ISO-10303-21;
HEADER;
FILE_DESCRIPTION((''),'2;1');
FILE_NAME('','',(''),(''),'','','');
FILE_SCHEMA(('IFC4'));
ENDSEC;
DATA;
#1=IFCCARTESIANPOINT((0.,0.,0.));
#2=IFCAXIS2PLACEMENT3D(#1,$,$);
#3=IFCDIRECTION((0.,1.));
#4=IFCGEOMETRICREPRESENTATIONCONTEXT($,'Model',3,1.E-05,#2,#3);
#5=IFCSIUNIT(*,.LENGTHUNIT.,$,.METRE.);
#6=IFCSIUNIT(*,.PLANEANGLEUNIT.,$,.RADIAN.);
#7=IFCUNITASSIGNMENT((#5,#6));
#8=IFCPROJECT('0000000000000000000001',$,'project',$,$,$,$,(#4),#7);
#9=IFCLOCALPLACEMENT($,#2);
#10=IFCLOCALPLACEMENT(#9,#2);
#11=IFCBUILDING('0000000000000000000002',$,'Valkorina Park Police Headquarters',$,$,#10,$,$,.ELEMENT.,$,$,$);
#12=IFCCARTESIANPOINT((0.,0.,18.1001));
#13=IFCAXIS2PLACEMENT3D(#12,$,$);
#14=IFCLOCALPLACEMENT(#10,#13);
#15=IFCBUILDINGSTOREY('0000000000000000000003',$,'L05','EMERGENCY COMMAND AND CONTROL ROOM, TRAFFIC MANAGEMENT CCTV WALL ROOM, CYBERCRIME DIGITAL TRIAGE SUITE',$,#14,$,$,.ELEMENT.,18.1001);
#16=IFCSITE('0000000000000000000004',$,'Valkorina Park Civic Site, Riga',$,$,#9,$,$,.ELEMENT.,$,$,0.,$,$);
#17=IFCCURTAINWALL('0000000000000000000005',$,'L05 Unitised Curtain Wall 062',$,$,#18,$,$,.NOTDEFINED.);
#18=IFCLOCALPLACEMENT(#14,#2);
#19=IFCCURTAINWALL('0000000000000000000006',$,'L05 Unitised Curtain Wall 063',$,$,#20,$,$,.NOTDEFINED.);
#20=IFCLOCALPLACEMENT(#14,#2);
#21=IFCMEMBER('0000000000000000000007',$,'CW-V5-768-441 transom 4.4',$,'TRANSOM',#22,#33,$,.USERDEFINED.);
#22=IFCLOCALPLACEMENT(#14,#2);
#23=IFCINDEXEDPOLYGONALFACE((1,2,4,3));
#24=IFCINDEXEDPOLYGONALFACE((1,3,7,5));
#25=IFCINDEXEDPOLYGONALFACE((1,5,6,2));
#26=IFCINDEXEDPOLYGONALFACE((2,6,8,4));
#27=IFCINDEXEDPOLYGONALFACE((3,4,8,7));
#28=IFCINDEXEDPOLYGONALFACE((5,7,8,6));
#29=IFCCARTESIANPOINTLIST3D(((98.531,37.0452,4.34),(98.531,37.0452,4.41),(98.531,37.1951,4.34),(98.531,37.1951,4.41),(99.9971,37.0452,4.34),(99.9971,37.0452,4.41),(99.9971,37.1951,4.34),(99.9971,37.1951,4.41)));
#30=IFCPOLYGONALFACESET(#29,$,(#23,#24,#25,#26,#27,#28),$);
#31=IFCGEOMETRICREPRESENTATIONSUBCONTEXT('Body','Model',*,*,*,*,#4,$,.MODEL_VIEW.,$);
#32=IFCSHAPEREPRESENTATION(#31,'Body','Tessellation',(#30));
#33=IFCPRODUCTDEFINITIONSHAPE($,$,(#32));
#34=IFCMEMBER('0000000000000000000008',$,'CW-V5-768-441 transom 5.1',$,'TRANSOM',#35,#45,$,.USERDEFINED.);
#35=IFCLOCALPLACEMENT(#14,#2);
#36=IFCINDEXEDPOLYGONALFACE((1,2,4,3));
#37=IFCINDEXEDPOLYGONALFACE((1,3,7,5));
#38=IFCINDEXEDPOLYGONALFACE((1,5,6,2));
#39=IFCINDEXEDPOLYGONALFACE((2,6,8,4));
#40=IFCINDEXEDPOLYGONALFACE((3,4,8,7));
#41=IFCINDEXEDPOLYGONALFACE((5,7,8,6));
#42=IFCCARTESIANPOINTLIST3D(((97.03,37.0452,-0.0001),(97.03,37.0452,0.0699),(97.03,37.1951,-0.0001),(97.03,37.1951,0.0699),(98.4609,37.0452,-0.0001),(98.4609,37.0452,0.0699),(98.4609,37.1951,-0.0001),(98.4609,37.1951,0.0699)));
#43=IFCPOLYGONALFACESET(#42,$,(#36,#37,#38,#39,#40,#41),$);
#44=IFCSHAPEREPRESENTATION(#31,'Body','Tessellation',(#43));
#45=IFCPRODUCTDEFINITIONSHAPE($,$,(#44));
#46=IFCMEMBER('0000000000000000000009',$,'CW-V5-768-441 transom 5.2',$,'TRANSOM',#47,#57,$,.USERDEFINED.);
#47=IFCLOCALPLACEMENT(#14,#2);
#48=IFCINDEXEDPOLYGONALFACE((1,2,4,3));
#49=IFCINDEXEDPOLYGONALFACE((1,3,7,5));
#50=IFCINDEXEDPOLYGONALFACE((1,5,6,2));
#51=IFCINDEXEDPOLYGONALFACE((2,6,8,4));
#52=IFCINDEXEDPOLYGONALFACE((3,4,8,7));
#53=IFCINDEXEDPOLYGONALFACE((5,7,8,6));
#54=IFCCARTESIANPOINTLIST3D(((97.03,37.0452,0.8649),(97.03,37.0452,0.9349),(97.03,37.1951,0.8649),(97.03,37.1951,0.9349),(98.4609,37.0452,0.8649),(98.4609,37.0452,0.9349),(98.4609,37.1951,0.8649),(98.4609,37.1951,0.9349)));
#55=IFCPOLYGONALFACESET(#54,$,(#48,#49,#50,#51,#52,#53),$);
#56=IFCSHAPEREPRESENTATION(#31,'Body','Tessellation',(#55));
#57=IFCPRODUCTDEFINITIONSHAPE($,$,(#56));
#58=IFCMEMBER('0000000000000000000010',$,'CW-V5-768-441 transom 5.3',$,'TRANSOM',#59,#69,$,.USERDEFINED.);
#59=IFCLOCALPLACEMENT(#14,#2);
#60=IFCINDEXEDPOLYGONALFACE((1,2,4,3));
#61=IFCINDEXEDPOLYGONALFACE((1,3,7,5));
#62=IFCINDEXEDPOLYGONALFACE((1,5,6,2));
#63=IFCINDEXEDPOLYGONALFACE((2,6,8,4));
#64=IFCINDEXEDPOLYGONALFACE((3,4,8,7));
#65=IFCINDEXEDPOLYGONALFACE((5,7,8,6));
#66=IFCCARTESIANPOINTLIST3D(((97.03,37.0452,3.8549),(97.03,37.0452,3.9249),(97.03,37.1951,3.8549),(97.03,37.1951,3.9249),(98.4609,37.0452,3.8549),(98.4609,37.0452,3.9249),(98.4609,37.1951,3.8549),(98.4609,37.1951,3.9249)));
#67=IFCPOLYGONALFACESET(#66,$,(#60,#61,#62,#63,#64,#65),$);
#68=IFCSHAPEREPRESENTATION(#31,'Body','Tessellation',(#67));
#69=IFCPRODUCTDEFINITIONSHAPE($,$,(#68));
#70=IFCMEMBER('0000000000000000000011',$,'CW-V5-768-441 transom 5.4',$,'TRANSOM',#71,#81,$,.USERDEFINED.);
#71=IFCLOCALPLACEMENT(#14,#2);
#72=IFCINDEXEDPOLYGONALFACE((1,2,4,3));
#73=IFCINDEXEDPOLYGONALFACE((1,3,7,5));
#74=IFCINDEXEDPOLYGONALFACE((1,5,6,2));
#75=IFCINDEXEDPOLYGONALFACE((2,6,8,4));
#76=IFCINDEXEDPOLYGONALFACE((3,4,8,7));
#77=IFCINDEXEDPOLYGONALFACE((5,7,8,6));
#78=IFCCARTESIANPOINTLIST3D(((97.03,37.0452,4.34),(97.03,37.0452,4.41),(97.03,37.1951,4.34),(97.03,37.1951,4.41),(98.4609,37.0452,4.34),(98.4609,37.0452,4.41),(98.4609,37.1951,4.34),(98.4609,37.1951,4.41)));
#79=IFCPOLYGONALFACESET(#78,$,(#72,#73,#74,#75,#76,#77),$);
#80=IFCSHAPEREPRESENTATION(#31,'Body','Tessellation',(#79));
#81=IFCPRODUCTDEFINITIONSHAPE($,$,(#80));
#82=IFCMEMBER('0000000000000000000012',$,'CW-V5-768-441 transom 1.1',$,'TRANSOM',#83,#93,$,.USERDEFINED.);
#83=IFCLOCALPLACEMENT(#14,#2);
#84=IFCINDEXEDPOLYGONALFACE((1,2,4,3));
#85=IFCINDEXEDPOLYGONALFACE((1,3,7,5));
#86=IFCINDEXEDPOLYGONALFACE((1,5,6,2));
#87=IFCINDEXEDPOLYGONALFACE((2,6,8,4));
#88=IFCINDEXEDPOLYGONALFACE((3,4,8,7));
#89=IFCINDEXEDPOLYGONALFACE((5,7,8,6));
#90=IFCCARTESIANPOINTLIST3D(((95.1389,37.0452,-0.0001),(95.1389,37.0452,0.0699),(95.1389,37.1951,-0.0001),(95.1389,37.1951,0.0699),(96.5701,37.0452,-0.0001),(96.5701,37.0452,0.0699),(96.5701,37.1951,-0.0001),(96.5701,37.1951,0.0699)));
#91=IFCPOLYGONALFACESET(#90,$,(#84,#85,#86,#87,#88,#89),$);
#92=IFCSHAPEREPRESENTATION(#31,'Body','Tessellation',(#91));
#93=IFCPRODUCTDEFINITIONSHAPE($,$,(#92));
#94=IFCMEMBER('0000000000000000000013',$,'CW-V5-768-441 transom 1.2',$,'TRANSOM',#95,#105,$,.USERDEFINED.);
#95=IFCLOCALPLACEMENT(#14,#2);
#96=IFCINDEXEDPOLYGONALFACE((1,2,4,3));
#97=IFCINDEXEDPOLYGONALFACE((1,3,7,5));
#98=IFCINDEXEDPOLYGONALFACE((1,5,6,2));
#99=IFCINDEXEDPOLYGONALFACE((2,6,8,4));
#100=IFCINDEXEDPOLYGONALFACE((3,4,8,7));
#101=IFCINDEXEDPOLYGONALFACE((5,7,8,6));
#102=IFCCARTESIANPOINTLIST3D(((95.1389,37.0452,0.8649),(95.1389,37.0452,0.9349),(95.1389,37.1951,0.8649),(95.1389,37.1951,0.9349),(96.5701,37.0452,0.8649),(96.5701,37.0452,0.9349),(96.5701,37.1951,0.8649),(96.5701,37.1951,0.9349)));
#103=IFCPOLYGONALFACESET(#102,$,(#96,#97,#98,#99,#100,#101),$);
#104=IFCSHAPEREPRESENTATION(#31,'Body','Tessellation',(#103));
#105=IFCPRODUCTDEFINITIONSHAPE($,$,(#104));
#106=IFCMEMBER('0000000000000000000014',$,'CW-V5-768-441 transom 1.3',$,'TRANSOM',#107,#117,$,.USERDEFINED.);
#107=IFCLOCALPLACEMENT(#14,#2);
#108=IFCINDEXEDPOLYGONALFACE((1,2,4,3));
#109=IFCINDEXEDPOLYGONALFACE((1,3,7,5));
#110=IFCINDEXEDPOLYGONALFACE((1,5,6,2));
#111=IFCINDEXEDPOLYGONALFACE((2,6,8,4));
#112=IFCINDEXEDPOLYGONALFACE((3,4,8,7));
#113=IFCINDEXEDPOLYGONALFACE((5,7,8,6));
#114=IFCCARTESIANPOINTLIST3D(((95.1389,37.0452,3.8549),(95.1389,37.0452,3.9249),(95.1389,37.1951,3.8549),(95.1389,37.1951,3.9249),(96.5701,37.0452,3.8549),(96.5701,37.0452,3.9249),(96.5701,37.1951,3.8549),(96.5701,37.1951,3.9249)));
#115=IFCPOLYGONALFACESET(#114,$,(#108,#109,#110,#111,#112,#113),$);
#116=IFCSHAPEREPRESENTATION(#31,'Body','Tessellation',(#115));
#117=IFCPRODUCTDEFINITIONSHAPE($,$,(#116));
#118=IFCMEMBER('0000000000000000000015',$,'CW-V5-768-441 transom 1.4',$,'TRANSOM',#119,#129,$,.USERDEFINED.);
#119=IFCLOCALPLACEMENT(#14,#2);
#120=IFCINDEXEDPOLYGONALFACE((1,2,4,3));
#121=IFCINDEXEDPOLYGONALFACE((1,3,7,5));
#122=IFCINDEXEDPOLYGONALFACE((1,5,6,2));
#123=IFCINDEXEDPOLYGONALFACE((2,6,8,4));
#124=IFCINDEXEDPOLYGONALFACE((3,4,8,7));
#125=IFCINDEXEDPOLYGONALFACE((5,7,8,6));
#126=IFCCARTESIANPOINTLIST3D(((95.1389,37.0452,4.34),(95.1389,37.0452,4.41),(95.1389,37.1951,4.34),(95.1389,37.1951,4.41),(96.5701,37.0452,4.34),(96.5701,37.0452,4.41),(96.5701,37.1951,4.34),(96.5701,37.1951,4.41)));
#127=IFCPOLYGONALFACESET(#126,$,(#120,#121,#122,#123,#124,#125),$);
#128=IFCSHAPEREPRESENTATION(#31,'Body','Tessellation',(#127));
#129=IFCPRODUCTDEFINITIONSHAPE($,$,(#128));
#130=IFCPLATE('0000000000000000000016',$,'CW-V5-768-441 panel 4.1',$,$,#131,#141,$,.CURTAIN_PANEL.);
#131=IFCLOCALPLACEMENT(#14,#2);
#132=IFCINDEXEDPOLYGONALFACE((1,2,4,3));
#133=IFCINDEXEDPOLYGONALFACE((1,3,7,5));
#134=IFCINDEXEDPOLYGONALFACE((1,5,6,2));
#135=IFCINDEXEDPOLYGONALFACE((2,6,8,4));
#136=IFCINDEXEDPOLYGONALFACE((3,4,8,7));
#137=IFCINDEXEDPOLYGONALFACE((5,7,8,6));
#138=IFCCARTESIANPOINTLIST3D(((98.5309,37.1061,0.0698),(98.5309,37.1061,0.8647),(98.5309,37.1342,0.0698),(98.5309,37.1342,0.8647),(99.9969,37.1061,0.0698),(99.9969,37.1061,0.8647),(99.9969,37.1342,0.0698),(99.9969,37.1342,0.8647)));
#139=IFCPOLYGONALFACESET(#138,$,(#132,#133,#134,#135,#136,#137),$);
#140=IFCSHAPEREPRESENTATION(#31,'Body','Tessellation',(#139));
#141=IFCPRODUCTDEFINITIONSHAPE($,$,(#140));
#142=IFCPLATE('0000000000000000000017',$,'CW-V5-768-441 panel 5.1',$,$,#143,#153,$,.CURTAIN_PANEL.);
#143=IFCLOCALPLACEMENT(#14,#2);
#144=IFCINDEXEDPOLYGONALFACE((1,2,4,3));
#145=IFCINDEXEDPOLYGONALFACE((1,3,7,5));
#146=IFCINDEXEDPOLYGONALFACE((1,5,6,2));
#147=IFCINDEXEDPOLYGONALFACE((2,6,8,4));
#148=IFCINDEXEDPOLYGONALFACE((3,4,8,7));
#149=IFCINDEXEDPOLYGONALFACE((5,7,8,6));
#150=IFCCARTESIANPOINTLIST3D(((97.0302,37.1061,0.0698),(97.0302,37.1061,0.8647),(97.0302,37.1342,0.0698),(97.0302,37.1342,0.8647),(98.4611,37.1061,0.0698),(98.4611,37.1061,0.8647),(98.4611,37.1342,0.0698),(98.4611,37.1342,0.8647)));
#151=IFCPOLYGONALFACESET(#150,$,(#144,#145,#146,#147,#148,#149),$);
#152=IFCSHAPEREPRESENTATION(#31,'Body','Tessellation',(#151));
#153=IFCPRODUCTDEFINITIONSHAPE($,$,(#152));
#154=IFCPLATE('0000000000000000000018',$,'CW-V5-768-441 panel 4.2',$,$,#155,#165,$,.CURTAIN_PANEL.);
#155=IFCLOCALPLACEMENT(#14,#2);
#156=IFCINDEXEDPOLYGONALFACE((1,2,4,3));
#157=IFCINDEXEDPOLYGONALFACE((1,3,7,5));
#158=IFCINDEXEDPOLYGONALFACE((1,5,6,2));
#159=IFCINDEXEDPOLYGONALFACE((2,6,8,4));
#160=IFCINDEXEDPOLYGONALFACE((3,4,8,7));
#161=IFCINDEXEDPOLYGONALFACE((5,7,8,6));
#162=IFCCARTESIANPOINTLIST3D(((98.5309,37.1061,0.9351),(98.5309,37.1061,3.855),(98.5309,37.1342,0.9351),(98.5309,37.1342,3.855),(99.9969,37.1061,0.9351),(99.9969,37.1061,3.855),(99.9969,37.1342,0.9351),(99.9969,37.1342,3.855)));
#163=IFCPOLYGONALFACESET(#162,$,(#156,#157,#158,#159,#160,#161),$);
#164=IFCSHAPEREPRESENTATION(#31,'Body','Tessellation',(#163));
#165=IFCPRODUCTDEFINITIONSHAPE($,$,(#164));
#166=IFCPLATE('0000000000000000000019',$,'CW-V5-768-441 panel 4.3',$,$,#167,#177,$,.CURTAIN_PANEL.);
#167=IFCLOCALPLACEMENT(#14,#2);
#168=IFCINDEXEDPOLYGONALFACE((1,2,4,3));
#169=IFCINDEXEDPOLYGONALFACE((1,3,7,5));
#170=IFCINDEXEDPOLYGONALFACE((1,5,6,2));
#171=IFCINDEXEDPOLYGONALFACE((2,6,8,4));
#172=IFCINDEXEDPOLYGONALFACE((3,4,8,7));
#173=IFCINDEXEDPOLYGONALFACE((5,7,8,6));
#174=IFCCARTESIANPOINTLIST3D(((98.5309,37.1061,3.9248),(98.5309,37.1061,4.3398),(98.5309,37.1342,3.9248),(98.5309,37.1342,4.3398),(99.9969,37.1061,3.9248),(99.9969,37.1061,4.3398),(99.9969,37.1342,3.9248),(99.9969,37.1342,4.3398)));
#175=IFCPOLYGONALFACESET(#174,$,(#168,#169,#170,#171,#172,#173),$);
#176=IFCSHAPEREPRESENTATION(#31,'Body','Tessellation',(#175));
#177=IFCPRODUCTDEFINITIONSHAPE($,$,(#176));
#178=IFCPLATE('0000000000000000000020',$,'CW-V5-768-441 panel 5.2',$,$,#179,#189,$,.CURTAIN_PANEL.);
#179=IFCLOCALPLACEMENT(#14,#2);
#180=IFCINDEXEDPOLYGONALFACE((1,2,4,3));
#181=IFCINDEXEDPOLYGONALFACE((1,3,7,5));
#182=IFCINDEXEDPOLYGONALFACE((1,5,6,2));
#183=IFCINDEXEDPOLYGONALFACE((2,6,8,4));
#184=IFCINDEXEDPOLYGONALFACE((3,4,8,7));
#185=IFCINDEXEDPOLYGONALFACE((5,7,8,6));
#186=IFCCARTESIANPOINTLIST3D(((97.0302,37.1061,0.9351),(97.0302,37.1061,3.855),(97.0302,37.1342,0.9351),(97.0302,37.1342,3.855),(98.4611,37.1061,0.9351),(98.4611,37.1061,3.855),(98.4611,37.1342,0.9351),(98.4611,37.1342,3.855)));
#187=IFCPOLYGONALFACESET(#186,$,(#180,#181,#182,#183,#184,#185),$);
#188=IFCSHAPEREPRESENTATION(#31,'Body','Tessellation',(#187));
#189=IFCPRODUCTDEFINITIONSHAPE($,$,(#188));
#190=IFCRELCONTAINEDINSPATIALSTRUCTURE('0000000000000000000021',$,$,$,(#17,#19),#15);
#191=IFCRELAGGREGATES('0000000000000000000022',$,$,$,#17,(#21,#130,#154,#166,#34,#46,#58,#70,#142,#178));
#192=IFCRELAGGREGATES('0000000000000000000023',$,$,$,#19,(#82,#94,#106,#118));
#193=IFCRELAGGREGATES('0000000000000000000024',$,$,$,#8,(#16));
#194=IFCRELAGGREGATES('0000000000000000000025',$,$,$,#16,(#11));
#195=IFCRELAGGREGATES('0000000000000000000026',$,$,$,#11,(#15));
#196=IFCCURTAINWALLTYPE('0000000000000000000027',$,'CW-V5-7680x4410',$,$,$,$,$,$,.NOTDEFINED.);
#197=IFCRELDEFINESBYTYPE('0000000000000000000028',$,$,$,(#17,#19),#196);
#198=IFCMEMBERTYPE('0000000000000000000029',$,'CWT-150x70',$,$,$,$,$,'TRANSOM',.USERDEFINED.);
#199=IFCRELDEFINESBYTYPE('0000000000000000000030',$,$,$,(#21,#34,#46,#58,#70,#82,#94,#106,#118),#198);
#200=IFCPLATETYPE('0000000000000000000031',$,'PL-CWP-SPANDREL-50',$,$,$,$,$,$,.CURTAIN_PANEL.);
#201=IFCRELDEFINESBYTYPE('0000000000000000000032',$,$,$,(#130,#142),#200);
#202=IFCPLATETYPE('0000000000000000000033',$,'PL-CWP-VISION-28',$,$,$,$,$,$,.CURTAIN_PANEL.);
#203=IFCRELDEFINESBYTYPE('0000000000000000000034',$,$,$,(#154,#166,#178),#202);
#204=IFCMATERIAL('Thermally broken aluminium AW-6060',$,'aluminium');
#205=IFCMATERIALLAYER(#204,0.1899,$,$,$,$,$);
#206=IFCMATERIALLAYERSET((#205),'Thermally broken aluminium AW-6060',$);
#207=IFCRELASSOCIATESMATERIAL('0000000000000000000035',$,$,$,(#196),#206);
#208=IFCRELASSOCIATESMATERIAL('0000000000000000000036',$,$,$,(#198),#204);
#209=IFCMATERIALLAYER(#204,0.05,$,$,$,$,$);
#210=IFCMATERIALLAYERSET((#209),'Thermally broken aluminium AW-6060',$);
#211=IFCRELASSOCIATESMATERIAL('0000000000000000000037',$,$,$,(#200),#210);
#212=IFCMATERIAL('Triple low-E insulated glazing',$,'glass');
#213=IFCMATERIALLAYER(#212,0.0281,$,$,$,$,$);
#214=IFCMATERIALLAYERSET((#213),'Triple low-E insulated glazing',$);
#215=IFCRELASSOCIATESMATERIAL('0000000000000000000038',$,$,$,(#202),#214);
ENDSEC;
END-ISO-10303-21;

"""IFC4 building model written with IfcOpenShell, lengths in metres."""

from ifc_helpers import new_model, si_unit, direction, frame, origin, origin_2d, place, context, subcontext, project, spatial, rectangle, extrude, material, layer, layer_set, material_profile, profile_set, type_object, element, aggregate, save


model = new_model("IFC4")

# Units and contexts
model_context = context("Model", 3, precision=1e-05, world=origin(), true_north=direction((0.0, 1.0)))
body_context = subcontext(model_context, "Body", "Model", "MODEL_VIEW")
ifc_project = project(units=[si_unit("LENGTHUNIT", "METRE"), si_unit("PLANEANGLEUNIT", "RADIAN")], contexts=[model_context])

# Site, building, storey
site_placement = place(None, origin())
site = spatial("IfcSite", under=ifc_project, at=site_placement, Name="Valkorina Park Civic Site, Riga", CompositionType="ELEMENT", RefElevation=0.0)
building_placement = place(site_placement, origin())
building = spatial("IfcBuilding", under=site, at=building_placement, Name="Valkorina Park Police Headquarters", CompositionType="ELEMENT")
storey_placement = place(building_placement, frame((0.0, 0.0, 18.1001)))
storey = spatial("IfcBuildingStorey", under=building, at=storey_placement, Name="L05", Description="EMERGENCY COMMAND AND CONTROL ROOM, TRAFFIC MANAGEMENT CCTV WALL ROOM, CYBERCRIME DIGITAL TRIAGE SUITE", CompositionType="ELEMENT", Elevation=18.1001)

# Curtain wall
ifc_material_1 = material(Name="Thermally broken aluminium AW-6060", Category="aluminium")
ifc_layer_1 = layer(ifc_material_1, 0.1899)
ifc_layer_set_1 = layer_set([ifc_layer_1], Name="Thermally broken aluminium AW-6060")
curtain_wall_type = type_object("IfcCurtainWallType", Name="CW-V5-7680x4410", PredefinedType="NOTDEFINED", material=ifc_layer_set_1)
curtain_wall_1_placement = place(storey_placement, origin())
curtain_wall_1 = element("IfcCurtainWall", 1, at=curtain_wall_1_placement, inside=storey, type_object=curtain_wall_type, Name="L05 Unitised Curtain Wall 062", PredefinedType="NOTDEFINED")

# Curtain wall
curtain_wall_2_placement = place(storey_placement, origin())
curtain_wall_2 = element("IfcCurtainWall", 2, at=curtain_wall_2_placement, inside=storey, type_object=curtain_wall_type, Name="L05 Unitised Curtain Wall 063", PredefinedType="NOTDEFINED")

# Members
ifc_material_profile_1 = material_profile(ifc_material_1, rectangle(XDim=0.1499, YDim=0.0701, at=origin_2d()), Name="CWT-02 150x70")
ifc_profile_set_1 = profile_set([ifc_material_profile_1], Name="Thermally broken aluminium AW-6060")
member_type_1 = type_object("IfcMemberType", Name="CWT-150x70", ElementType="TRANSOM", PredefinedType="USERDEFINED", material=ifc_profile_set_1)
member_1_placement = place(storey_placement, frame((99.9971, 37.1201, 4.375), z_axis=(-1.0, 0.0, 0.0), x_axis=(0.0, -1.0, 0.0)))
member_1 = element("IfcMember", 3, at=member_1_placement, type_object=member_type_1, Name="CW-V5-768-441 transom 4.4", ObjectType="TRANSOM", PredefinedType="USERDEFINED", context=body_context, shape_type="SweptSolid", body=[
    extrude(rectangle(XDim=0.1499, YDim=0.0701, at=origin_2d()), origin(), (0.0, 0.0, 1.0), 1.4661),
])
member_2_placement = place(storey_placement, frame((98.4609, 37.1201, 0.0349), z_axis=(-1.0, 0.0, 0.0), x_axis=(0.0, -1.0, 0.0)))
member_2 = element("IfcMember", 4, at=member_2_placement, type_object=member_type_1, Name="CW-V5-768-441 transom 5.1", ObjectType="TRANSOM", PredefinedType="USERDEFINED", context=body_context, shape_type="SweptSolid", body=[
    extrude(rectangle(XDim=0.1499, YDim=0.0701, at=origin_2d()), origin(), (0.0, 0.0, 1.0), 1.4309),
])
member_3_placement = place(storey_placement, frame((98.4609, 37.1201, 0.8999), z_axis=(-1.0, 0.0, 0.0), x_axis=(0.0, -1.0, 0.0)))
member_3 = element("IfcMember", 5, at=member_3_placement, type_object=member_type_1, Name="CW-V5-768-441 transom 5.2", ObjectType="TRANSOM", PredefinedType="USERDEFINED", context=body_context, shape_type="SweptSolid", body=[
    extrude(rectangle(XDim=0.1499, YDim=0.0701, at=origin_2d()), origin(), (0.0, 0.0, 1.0), 1.4309),
])
member_4_placement = place(storey_placement, frame((98.4609, 37.1201, 3.8899), z_axis=(-1.0, 0.0, 0.0), x_axis=(0.0, -1.0, 0.0)))
member_4 = element("IfcMember", 6, at=member_4_placement, type_object=member_type_1, Name="CW-V5-768-441 transom 5.3", ObjectType="TRANSOM", PredefinedType="USERDEFINED", context=body_context, shape_type="SweptSolid", body=[
    extrude(rectangle(XDim=0.1499, YDim=0.0701, at=origin_2d()), origin(), (0.0, 0.0, 1.0), 1.4309),
])
member_5_placement = place(storey_placement, frame((98.4609, 37.1201, 4.375), z_axis=(-1.0, 0.0, 0.0), x_axis=(0.0, -1.0, 0.0)))
member_5 = element("IfcMember", 7, at=member_5_placement, type_object=member_type_1, Name="CW-V5-768-441 transom 5.4", ObjectType="TRANSOM", PredefinedType="USERDEFINED", context=body_context, shape_type="SweptSolid", body=[
    extrude(rectangle(XDim=0.1499, YDim=0.0701, at=origin_2d()), origin(), (0.0, 0.0, 1.0), 1.4309),
])
member_6_placement = place(storey_placement, frame((96.5701, 37.1201, 0.0349), z_axis=(-1.0, 0.0, 0.0), x_axis=(0.0, -1.0, 0.0)))
member_6 = element("IfcMember", 8, at=member_6_placement, type_object=member_type_1, Name="CW-V5-768-441 transom 1.1", ObjectType="TRANSOM", PredefinedType="USERDEFINED", context=body_context, shape_type="SweptSolid", body=[
    extrude(rectangle(XDim=0.1499, YDim=0.0701, at=origin_2d()), origin(), (0.0, 0.0, 1.0), 1.4312),
])
member_7_placement = place(storey_placement, frame((96.5701, 37.1201, 0.8999), z_axis=(-1.0, 0.0, 0.0), x_axis=(0.0, -1.0, 0.0)))
member_7 = element("IfcMember", 9, at=member_7_placement, type_object=member_type_1, Name="CW-V5-768-441 transom 1.2", ObjectType="TRANSOM", PredefinedType="USERDEFINED", context=body_context, shape_type="SweptSolid", body=[
    extrude(rectangle(XDim=0.1499, YDim=0.0701, at=origin_2d()), origin(), (0.0, 0.0, 1.0), 1.4312),
])
member_8_placement = place(storey_placement, frame((96.5701, 37.1201, 3.8899), z_axis=(-1.0, 0.0, 0.0), x_axis=(0.0, -1.0, 0.0)))
member_8 = element("IfcMember", 10, at=member_8_placement, type_object=member_type_1, Name="CW-V5-768-441 transom 1.3", ObjectType="TRANSOM", PredefinedType="USERDEFINED", context=body_context, shape_type="SweptSolid", body=[
    extrude(rectangle(XDim=0.1499, YDim=0.0701, at=origin_2d()), origin(), (0.0, 0.0, 1.0), 1.4312),
])
member_9_placement = place(storey_placement, frame((96.5701, 37.1201, 4.375), z_axis=(-1.0, 0.0, 0.0), x_axis=(0.0, -1.0, 0.0)))
member_9 = element("IfcMember", 11, at=member_9_placement, type_object=member_type_1, Name="CW-V5-768-441 transom 1.4", ObjectType="TRANSOM", PredefinedType="USERDEFINED", context=body_context, shape_type="SweptSolid", body=[
    extrude(rectangle(XDim=0.1499, YDim=0.0701, at=origin_2d()), origin(), (0.0, 0.0, 1.0), 1.4312),
])

# Plates
ifc_layer_2 = layer(ifc_material_1, 0.05)
ifc_layer_set_2 = layer_set([ifc_layer_2], Name="Thermally broken aluminium AW-6060")
plate_type_1 = type_object("IfcPlateType", Name="PL-CWP-SPANDREL-50", PredefinedType="CURTAIN_PANEL", material=ifc_layer_set_2)
plate_1_placement = place(storey_placement, frame((99.2639, 37.1201, 0.0698), z_axis=(0.0, 0.0, 1.0), x_axis=(-1.0, 0.0, 0.0)))
plate_1 = element("IfcPlate", 12, at=plate_1_placement, type_object=plate_type_1, Name="CW-V5-768-441 panel 4.1", PredefinedType="CURTAIN_PANEL", context=body_context, shape_type="SweptSolid", body=[
    extrude(rectangle(XDim=1.4661, YDim=0.0281, at=origin_2d()), origin(), (0.0, 0.0, 1.0), 0.7949),
])
plate_2_placement = place(storey_placement, frame((97.7456, 37.1201, 0.0698), z_axis=(0.0, 0.0, 1.0), x_axis=(-1.0, 0.0, 0.0)))
plate_2 = element("IfcPlate", 13, at=plate_2_placement, type_object=plate_type_1, Name="CW-V5-768-441 panel 5.1", PredefinedType="CURTAIN_PANEL", context=body_context, shape_type="SweptSolid", body=[
    extrude(rectangle(XDim=1.4309, YDim=0.0281, at=origin_2d()), origin(), (0.0, 0.0, 1.0), 0.7949),
])
ifc_material_2 = material(Name="Triple low-E insulated glazing", Category="glass")
ifc_layer_3 = layer(ifc_material_2, 0.0281)
ifc_layer_set_3 = layer_set([ifc_layer_3], Name="Triple low-E insulated glazing")
plate_type_2 = type_object("IfcPlateType", Name="PL-CWP-VISION-28", PredefinedType="CURTAIN_PANEL", material=ifc_layer_set_3)
plate_3_placement = place(storey_placement, frame((99.2639, 37.1201, 0.9351), z_axis=(0.0, 0.0, 1.0), x_axis=(-1.0, 0.0, 0.0)))
plate_3 = element("IfcPlate", 14, at=plate_3_placement, type_object=plate_type_2, Name="CW-V5-768-441 panel 4.2", PredefinedType="CURTAIN_PANEL", context=body_context, shape_type="SweptSolid", body=[
    extrude(rectangle(XDim=1.4661, YDim=0.0281, at=origin_2d()), origin(), (0.0, 0.0, 1.0), 2.9199),
])
plate_4_placement = place(storey_placement, frame((99.2639, 37.1201, 3.9248), z_axis=(0.0, 0.0, 1.0), x_axis=(-1.0, 0.0, 0.0)))
plate_4 = element("IfcPlate", 15, at=plate_4_placement, type_object=plate_type_2, Name="CW-V5-768-441 panel 4.3", PredefinedType="CURTAIN_PANEL", context=body_context, shape_type="SweptSolid", body=[
    extrude(rectangle(XDim=1.4661, YDim=0.0281, at=origin_2d()), origin(), (0.0, 0.0, 1.0), 0.415),
])
plate_5_placement = place(storey_placement, frame((97.7456, 37.1201, 0.9351), z_axis=(0.0, 0.0, 1.0), x_axis=(-1.0, 0.0, 0.0)))
plate_5 = element("IfcPlate", 16, at=plate_5_placement, type_object=plate_type_2, Name="CW-V5-768-441 panel 5.2", PredefinedType="CURTAIN_PANEL", context=body_context, shape_type="SweptSolid", body=[
    extrude(rectangle(XDim=1.4309, YDim=0.0281, at=origin_2d()), origin(), (0.0, 0.0, 1.0), 2.9199),
])
aggregate(curtain_wall_1, [member_1, plate_1, plate_3, plate_4, member_2, member_3, member_4, member_5, plate_2, plate_5])
aggregate(curtain_wall_2, [member_6, member_7, member_8, member_9])

save(model, "model.ifc")
